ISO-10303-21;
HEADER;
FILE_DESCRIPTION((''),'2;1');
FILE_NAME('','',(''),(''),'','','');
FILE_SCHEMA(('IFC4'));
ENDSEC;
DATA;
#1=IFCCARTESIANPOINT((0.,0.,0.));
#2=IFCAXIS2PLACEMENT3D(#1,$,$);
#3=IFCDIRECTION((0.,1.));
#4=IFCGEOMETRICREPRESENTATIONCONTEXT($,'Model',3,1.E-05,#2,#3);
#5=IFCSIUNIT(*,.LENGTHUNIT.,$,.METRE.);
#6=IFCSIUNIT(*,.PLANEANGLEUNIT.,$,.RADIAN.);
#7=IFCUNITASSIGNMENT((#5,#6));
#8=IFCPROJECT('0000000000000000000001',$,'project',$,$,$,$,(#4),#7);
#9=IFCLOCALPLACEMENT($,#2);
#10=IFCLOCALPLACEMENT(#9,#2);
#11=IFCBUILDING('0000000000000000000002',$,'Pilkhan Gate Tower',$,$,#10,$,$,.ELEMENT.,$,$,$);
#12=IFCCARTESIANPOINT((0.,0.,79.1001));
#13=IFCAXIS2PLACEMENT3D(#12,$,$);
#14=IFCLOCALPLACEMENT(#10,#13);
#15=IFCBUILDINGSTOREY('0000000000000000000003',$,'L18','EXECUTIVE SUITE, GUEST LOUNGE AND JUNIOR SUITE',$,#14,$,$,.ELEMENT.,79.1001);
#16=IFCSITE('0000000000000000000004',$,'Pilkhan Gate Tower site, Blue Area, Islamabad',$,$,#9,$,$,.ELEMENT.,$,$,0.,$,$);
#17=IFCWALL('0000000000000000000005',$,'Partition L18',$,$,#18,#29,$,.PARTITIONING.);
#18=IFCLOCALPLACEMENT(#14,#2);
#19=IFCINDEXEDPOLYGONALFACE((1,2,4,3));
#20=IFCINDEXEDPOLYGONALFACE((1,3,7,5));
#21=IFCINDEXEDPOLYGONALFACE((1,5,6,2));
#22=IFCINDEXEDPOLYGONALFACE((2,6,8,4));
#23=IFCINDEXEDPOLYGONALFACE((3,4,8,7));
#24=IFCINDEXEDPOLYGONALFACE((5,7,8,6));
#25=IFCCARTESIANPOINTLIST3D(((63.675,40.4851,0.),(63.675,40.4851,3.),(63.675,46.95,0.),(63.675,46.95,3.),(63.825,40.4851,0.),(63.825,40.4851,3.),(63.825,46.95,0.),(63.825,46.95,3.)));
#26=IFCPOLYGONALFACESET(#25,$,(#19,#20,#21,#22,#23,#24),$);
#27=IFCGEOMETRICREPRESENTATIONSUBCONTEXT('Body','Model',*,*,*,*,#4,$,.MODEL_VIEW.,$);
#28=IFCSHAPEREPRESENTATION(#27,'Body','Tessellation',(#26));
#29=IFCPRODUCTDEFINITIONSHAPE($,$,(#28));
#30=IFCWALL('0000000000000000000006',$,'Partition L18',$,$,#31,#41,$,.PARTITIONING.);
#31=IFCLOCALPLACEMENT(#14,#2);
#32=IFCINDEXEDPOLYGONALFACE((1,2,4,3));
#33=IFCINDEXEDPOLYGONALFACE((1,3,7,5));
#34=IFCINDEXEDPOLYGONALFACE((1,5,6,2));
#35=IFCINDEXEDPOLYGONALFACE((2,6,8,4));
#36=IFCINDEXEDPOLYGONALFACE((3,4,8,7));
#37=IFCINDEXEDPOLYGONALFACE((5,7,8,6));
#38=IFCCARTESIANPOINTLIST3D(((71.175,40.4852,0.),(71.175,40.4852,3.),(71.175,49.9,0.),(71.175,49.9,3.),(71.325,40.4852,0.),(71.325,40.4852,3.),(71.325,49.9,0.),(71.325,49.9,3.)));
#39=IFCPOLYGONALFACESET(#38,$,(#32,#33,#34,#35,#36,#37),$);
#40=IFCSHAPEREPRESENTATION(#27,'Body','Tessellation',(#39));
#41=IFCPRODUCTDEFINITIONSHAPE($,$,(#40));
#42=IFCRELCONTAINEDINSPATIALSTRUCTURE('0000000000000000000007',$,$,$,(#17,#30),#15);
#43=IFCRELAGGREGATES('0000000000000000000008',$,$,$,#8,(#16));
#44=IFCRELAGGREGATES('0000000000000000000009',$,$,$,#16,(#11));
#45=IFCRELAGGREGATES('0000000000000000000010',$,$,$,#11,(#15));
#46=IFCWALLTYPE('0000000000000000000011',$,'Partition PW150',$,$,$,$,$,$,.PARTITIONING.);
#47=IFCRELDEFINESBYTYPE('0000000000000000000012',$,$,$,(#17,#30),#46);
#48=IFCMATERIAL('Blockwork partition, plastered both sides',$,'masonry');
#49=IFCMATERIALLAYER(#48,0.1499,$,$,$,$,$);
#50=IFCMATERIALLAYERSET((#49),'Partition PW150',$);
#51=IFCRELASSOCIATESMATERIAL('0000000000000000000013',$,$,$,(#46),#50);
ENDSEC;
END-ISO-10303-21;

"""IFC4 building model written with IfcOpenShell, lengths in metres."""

from ifc_helpers import new_model, si_unit, direction, frame, frame_2d, origin, place, context, subcontext, project, spatial, rectangle, extrude, material, layer, layer_set, type_object, element, save


model = new_model("IFC4")

# Units and contexts
model_context = context("Model", 3, precision=1e-05, world=origin(), true_north=direction((0.0, 1.0)))
body_context = subcontext(model_context, "Body", "Model", "MODEL_VIEW")
ifc_project = project(units=[si_unit("LENGTHUNIT", "METRE"), si_unit("PLANEANGLEUNIT", "RADIAN")], contexts=[model_context])

# Site, building, storey
site_placement = place(None, origin())
site = spatial("IfcSite", under=ifc_project, at=site_placement, Name="Pilkhan Gate Tower site, Blue Area, Islamabad", CompositionType="ELEMENT", RefElevation=0.0)
building_placement = place(site_placement, origin())
building = spatial("IfcBuilding", under=site, at=building_placement, Name="Pilkhan Gate Tower", CompositionType="ELEMENT")
storey_placement = place(building_placement, frame((0.0, 0.0, 79.1001)))
storey = spatial("IfcBuildingStorey", under=building, at=storey_placement, Name="L18", Description="EXECUTIVE SUITE, GUEST LOUNGE AND JUNIOR SUITE", CompositionType="ELEMENT", Elevation=79.1001)

# Walls
ifc_material_1 = material(Name="Blockwork partition, plastered both sides", Category="masonry")
ifc_layer_1 = layer(ifc_material_1, 0.1499)
ifc_layer_set_1 = layer_set([ifc_layer_1], Name="Partition PW150")
wall_type = type_object("IfcWallType", Name="Partition PW150", PredefinedType="PARTITIONING", material=ifc_layer_set_1)
wall_1_placement = place(storey_placement, frame((63.75, 40.4851, 0.0), z_axis=(0.0, 0.0, 1.0), x_axis=(0.0, 1.0, 0.0)))
element("IfcWall", 1, at=wall_1_placement, inside=storey, type_object=wall_type, Name="Partition L18", PredefinedType="PARTITIONING", context=body_context, shape_type="SweptSolid", body=[
    extrude(rectangle(XDim=6.4648, YDim=0.1499, at=frame_2d((3.2324, 0.0))), origin(), (0.0, 0.0, 1.0), 3.0),
])
wall_2_placement = place(storey_placement, frame((71.25, 40.4851, 0.0), z_axis=(0.0, 0.0, 1.0), x_axis=(0.0, 1.0, 0.0)))
element("IfcWall", 2, at=wall_2_placement, inside=storey, type_object=wall_type, Name="Partition L18", PredefinedType="PARTITIONING", context=body_context, shape_type="SweptSolid", body=[
    extrude(rectangle(XDim=9.4148, YDim=0.1499, at=frame_2d((4.7075, 0.0))), origin(), (0.0, 0.0, 1.0), 3.0),
])

save(model, "model.ifc")
